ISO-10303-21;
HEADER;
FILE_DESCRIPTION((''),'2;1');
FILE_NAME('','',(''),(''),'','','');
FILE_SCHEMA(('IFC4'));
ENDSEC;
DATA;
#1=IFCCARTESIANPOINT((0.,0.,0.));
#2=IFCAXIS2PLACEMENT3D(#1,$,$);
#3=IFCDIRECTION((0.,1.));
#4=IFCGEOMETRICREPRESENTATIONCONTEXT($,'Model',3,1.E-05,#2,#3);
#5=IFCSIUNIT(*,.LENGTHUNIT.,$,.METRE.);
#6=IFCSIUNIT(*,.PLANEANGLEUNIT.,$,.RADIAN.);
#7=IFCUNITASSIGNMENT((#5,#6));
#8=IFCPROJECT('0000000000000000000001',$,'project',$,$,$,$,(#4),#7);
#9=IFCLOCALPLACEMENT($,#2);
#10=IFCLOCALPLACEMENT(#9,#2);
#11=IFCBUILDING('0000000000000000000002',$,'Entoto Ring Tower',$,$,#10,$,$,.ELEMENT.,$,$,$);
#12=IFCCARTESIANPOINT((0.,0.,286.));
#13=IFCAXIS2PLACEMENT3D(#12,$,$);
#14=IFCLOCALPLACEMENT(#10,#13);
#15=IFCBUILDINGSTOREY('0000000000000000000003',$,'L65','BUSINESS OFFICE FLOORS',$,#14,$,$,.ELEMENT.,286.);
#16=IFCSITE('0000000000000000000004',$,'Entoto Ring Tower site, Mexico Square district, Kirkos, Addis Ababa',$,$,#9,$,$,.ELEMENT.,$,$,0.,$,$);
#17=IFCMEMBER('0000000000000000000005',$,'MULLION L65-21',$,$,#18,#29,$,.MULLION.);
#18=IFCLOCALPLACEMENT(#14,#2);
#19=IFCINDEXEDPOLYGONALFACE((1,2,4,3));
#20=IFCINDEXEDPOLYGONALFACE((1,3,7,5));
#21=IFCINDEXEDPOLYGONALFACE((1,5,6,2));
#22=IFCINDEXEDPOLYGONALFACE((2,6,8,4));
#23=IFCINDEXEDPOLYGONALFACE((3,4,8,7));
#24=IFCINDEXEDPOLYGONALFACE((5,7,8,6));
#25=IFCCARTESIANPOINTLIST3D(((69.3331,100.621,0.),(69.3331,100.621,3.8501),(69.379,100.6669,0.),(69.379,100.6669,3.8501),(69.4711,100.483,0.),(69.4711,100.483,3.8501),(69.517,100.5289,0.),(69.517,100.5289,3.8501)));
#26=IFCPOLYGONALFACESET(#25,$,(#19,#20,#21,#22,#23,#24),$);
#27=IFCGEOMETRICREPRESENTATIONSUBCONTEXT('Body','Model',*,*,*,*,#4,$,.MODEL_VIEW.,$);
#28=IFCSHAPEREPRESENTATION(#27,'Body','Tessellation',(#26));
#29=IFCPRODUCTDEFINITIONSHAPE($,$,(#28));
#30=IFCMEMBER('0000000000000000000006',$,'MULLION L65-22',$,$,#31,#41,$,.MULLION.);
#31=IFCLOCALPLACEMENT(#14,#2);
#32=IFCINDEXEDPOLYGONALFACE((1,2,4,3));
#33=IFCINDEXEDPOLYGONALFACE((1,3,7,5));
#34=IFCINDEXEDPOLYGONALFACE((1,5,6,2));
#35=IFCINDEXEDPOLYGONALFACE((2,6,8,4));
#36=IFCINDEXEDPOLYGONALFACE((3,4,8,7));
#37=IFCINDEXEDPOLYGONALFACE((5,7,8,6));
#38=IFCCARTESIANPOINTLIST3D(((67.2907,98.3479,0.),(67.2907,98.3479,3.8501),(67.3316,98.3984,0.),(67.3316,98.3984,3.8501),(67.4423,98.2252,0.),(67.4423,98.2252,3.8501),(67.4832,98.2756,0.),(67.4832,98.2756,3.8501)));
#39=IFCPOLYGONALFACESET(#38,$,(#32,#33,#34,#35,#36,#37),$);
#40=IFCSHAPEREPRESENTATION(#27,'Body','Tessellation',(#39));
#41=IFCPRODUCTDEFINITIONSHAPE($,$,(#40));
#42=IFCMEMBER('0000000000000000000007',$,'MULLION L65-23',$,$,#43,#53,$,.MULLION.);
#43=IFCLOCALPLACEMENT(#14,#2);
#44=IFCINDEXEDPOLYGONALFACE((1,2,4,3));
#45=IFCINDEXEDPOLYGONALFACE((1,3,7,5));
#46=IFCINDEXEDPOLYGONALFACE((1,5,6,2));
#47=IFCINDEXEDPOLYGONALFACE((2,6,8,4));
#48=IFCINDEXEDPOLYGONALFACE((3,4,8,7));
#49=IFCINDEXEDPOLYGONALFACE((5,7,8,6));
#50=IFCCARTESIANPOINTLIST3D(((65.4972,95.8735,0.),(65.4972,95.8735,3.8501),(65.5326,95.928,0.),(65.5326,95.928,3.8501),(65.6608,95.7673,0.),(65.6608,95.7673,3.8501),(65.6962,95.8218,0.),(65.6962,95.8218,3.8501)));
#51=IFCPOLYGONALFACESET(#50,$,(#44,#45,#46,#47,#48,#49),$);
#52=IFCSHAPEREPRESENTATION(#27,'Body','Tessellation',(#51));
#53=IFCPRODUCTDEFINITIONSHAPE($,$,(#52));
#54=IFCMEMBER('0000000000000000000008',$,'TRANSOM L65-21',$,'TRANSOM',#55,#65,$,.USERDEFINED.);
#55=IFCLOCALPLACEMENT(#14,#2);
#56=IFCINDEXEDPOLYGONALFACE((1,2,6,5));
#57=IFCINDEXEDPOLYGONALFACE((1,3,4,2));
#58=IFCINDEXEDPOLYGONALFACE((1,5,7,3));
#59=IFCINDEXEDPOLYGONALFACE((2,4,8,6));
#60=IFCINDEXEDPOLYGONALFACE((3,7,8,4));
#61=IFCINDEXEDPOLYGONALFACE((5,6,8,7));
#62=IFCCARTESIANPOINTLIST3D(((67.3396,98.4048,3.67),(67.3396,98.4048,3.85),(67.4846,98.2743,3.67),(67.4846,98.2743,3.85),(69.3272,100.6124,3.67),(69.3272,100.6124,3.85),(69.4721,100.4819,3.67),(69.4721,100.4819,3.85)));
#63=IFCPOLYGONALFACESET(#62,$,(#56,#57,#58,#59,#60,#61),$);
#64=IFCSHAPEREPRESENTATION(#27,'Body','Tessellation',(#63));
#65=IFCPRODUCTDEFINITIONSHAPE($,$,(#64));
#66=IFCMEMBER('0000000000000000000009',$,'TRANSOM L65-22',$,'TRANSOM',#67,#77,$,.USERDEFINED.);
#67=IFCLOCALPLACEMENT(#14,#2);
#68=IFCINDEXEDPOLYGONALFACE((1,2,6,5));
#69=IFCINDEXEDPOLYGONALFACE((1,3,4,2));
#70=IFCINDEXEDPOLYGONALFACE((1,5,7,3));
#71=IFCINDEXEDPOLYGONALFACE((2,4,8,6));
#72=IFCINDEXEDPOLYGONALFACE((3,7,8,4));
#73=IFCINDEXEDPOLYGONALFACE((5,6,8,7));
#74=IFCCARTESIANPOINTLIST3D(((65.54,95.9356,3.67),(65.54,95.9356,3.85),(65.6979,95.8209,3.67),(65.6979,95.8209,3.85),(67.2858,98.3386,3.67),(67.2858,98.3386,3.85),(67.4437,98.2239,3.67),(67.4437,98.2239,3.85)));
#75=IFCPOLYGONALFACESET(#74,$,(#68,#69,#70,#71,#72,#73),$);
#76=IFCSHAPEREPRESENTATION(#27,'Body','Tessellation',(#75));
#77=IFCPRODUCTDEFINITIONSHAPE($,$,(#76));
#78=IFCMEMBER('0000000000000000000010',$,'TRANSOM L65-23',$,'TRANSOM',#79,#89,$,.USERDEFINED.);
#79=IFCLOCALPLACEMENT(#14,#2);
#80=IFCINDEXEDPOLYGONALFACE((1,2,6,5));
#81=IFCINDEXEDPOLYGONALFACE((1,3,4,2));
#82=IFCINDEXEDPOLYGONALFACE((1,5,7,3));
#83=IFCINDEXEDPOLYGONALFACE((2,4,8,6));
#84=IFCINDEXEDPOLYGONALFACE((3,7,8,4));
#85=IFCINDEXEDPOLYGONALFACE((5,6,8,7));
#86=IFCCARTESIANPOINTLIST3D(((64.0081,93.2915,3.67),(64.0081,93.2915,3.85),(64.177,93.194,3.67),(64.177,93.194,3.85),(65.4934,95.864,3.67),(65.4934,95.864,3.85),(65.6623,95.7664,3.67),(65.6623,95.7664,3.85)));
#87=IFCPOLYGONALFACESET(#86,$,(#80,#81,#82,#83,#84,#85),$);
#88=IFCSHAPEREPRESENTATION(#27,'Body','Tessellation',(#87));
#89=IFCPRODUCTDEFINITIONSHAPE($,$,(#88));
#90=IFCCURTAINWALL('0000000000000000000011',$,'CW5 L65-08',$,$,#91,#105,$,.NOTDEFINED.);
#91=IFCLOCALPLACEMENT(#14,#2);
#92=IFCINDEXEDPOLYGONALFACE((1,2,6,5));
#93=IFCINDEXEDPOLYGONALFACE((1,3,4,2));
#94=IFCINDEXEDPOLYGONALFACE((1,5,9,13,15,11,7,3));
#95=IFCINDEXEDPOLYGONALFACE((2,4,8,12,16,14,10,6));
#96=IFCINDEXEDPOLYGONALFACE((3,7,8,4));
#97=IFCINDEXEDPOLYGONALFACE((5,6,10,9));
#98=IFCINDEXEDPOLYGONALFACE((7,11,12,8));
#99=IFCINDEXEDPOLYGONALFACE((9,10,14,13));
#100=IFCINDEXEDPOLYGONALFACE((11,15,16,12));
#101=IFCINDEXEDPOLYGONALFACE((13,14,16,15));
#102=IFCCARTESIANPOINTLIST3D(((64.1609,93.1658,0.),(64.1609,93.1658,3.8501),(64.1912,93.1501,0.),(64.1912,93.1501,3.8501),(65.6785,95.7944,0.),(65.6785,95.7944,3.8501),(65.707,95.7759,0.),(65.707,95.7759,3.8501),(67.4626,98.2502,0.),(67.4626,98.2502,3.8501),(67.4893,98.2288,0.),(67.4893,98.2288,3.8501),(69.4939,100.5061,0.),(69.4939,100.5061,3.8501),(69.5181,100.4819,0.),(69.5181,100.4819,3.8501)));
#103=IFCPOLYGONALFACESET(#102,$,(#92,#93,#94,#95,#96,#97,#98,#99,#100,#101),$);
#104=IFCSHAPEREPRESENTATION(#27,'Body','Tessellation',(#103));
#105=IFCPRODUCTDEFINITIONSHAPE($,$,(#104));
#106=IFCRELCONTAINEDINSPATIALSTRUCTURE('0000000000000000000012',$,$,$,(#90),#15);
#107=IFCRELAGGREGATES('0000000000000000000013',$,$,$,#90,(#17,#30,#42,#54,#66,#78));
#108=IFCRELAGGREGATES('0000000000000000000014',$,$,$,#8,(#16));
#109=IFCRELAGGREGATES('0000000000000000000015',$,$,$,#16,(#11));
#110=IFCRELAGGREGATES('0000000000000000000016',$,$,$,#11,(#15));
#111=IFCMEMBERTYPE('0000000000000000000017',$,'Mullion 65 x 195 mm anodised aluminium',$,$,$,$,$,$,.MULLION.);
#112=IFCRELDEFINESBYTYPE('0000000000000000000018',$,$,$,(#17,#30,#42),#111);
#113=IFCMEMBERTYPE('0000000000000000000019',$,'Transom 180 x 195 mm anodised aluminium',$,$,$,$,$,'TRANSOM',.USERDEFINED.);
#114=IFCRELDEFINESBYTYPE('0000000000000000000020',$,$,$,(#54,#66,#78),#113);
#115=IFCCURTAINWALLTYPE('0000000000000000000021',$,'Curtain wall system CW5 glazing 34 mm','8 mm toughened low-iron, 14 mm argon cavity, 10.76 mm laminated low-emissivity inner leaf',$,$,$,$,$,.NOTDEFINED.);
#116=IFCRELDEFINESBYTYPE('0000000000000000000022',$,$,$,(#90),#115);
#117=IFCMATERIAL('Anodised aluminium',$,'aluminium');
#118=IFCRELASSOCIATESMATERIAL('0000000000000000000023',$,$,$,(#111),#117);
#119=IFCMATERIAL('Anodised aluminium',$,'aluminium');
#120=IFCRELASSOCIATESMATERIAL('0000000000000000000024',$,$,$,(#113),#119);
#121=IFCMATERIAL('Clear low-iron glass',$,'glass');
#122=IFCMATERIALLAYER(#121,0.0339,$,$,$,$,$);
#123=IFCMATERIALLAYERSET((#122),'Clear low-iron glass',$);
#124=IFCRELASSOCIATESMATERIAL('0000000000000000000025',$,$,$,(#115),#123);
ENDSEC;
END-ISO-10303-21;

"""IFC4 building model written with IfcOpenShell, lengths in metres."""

from ifc_helpers import new_model, si_unit, direction, frame, origin, origin_2d, place, context, subcontext, project, spatial, polyline, rectangle, outline, extrude, material, layer, layer_set, material_profile, profile_set, type_object, element, aggregate, save


model = new_model("IFC4")

# Units and contexts
model_context = context("Model", 3, precision=1e-05, world=origin(), true_north=direction((0.0, 1.0)))
body_context = subcontext(model_context, "Body", "Model", "MODEL_VIEW")
ifc_project = project(units=[si_unit("LENGTHUNIT", "METRE"), si_unit("PLANEANGLEUNIT", "RADIAN")], contexts=[model_context])

# Members
ifc_material_1 = material(Name="Anodised aluminium", Category="aluminium")
ifc_material_profile_1 = material_profile(ifc_material_1, rectangle(XDim=0.0649, YDim=0.1951, at=origin_2d()), Name="Mullion 65 x 195 mm anodised aluminium")
ifc_profile_set_1 = profile_set([ifc_material_profile_1], Name="Anodised aluminium")
member_type_1 = type_object("IfcMemberType", Name="Mullion 65 x 195 mm anodised aluminium", PredefinedType="MULLION", material=ifc_profile_set_1)
site_placement = place(None, origin())
building_placement = place(site_placement, origin())
storey_placement = place(building_placement, frame((0.0, 0.0, 286.0)))
member_1_placement = place(storey_placement, frame((69.425, 100.575, 0.0), z_axis=(0.0, 0.0, 1.0), x_axis=(-0.707107, -0.707107, 0.0)))
member_1 = element("IfcMember", 1, at=member_1_placement, type_object=member_type_1, Name="MULLION L65-21", PredefinedType="MULLION", context=body_context, shape_type="SweptSolid", body=[
    extrude(rectangle(XDim=0.0649, YDim=0.1951, at=origin_2d()), origin(), (0.0, 0.0, 1.0), 3.8501),
])
member_2_placement = place(storey_placement, frame((67.387, 98.3118, 0.0), z_axis=(0.0, 0.0, 1.0), x_axis=(-0.62932, -0.777146, 0.0)))
member_2 = element("IfcMember", 2, at=member_2_placement, type_object=member_type_1, Name="MULLION L65-22", PredefinedType="MULLION", context=body_context, shape_type="SweptSolid", body=[
    extrude(rectangle(XDim=0.0649, YDim=0.1951, at=origin_2d()), origin(), (0.0, 0.0, 1.0), 3.8501),
])
member_3_placement = place(storey_placement, frame((65.5967, 95.8477, 0.0), z_axis=(0.0, 0.0, 1.0), x_axis=(-0.544639, -0.838671, 0.0)))
member_3 = element("IfcMember", 3, at=member_3_placement, type_object=member_type_1, Name="MULLION L65-23", PredefinedType="MULLION", context=body_context, shape_type="SweptSolid", body=[
    extrude(rectangle(XDim=0.0649, YDim=0.1951, at=origin_2d()), origin(), (0.0, 0.0, 1.0), 3.8501),
])
ifc_material_2 = material(Name="Anodised aluminium", Category="aluminium")
ifc_material_profile_2 = material_profile(ifc_material_2, rectangle(XDim=0.1951, YDim=0.1799, at=origin_2d()), Name="Transom 180 x 195 mm anodised aluminium")
ifc_profile_set_2 = profile_set([ifc_material_profile_2], Name="Anodised aluminium")
member_type_2 = type_object("IfcMemberType", Name="Transom 180 x 195 mm anodised aluminium", ElementType="TRANSOM", PredefinedType="USERDEFINED", material=ifc_profile_set_2)
member_4_placement = place(storey_placement, frame((69.3997, 100.5471, 3.76), z_axis=(-0.66911, -0.743163, 0.0), x_axis=(0.743163, -0.66911, 0.0)))
member_4 = element("IfcMember", 4, at=member_4_placement, type_object=member_type_2, Name="TRANSOM L65-21", ObjectType="TRANSOM", PredefinedType="USERDEFINED", context=body_context, shape_type="SweptSolid", body=[
    extrude(rectangle(XDim=0.1951, YDim=0.1799, at=origin_2d()), origin(), (0.0, 0.0, 1.0), 2.9705),
])
member_5_placement = place(storey_placement, frame((67.3647, 98.2812, 3.76), z_axis=(-0.587766, -0.809031, 0.0), x_axis=(0.809031, -0.587766, 0.0)))
member_5 = element("IfcMember", 5, at=member_5_placement, type_object=member_type_2, Name="TRANSOM L65-22", ObjectType="TRANSOM", PredefinedType="USERDEFINED", context=body_context, shape_type="SweptSolid", body=[
    extrude(rectangle(XDim=0.1951, YDim=0.1799, at=origin_2d()), origin(), (0.0, 0.0, 1.0), 2.9702),
])
member_6_placement = place(storey_placement, frame((65.5779, 95.8152, 3.76), z_axis=(-0.500028, -0.866009, 0.0), x_axis=(0.866009, -0.500028, 0.0)))
member_6 = element("IfcMember", 6, at=member_6_placement, type_object=member_type_2, Name="TRANSOM L65-23", ObjectType="TRANSOM", PredefinedType="USERDEFINED", context=body_context, shape_type="SweptSolid", body=[
    extrude(rectangle(XDim=0.1951, YDim=0.1799, at=origin_2d()), origin(), (0.0, 0.0, 1.0), 2.9705),
])

# Site, building, storey
site = spatial("IfcSite", under=ifc_project, at=site_placement, Name="Entoto Ring Tower site, Mexico Square district, Kirkos, Addis Ababa", CompositionType="ELEMENT", RefElevation=0.0)
building = spatial("IfcBuilding", under=site, at=building_placement, Name="Entoto Ring Tower", CompositionType="ELEMENT")
storey = spatial("IfcBuildingStorey", under=building, at=storey_placement, Name="L65", Description="BUSINESS OFFICE FLOORS", CompositionType="ELEMENT", Elevation=286.0)

# Curtain wall
ifc_material_3 = material(Name="Clear low-iron glass", Category="glass")
ifc_layer = layer(ifc_material_3, 0.0339)
ifc_layer_set = layer_set([ifc_layer], Name="Clear low-iron glass")
curtain_wall_type = type_object("IfcCurtainWallType", Name="Curtain wall system CW5 glazing 34 mm", Description="8 mm toughened low-iron, 14 mm argon cavity, 10.76 mm laminated low-emissivity inner leaf", PredefinedType="NOTDEFINED", material=ifc_layer_set)
curtain_wall_1_placement = place(storey_placement, origin())
curtain_wall_1 = element("IfcCurtainWall", 7, at=curtain_wall_1_placement, inside=storey, type_object=curtain_wall_type, Name="CW5 L65-08", PredefinedType="NOTDEFINED", context=body_context, shape_type="SweptSolid", body=[
    extrude(outline(polyline([(69.4939, 100.5061), (67.4626, 98.2502), (65.6785, 95.7944), (64.1609, 93.1658), (64.1912, 93.1501), (65.707, 95.7759), (67.4893, 98.2288), (69.5181, 100.4819), (69.4939, 100.5061)])), origin(), (0.0, 0.0, 1.0), 3.8501),
])
aggregate(curtain_wall_1, [member_1, member_2, member_3, member_4, member_5, member_6])

save(model, "model.ifc")
